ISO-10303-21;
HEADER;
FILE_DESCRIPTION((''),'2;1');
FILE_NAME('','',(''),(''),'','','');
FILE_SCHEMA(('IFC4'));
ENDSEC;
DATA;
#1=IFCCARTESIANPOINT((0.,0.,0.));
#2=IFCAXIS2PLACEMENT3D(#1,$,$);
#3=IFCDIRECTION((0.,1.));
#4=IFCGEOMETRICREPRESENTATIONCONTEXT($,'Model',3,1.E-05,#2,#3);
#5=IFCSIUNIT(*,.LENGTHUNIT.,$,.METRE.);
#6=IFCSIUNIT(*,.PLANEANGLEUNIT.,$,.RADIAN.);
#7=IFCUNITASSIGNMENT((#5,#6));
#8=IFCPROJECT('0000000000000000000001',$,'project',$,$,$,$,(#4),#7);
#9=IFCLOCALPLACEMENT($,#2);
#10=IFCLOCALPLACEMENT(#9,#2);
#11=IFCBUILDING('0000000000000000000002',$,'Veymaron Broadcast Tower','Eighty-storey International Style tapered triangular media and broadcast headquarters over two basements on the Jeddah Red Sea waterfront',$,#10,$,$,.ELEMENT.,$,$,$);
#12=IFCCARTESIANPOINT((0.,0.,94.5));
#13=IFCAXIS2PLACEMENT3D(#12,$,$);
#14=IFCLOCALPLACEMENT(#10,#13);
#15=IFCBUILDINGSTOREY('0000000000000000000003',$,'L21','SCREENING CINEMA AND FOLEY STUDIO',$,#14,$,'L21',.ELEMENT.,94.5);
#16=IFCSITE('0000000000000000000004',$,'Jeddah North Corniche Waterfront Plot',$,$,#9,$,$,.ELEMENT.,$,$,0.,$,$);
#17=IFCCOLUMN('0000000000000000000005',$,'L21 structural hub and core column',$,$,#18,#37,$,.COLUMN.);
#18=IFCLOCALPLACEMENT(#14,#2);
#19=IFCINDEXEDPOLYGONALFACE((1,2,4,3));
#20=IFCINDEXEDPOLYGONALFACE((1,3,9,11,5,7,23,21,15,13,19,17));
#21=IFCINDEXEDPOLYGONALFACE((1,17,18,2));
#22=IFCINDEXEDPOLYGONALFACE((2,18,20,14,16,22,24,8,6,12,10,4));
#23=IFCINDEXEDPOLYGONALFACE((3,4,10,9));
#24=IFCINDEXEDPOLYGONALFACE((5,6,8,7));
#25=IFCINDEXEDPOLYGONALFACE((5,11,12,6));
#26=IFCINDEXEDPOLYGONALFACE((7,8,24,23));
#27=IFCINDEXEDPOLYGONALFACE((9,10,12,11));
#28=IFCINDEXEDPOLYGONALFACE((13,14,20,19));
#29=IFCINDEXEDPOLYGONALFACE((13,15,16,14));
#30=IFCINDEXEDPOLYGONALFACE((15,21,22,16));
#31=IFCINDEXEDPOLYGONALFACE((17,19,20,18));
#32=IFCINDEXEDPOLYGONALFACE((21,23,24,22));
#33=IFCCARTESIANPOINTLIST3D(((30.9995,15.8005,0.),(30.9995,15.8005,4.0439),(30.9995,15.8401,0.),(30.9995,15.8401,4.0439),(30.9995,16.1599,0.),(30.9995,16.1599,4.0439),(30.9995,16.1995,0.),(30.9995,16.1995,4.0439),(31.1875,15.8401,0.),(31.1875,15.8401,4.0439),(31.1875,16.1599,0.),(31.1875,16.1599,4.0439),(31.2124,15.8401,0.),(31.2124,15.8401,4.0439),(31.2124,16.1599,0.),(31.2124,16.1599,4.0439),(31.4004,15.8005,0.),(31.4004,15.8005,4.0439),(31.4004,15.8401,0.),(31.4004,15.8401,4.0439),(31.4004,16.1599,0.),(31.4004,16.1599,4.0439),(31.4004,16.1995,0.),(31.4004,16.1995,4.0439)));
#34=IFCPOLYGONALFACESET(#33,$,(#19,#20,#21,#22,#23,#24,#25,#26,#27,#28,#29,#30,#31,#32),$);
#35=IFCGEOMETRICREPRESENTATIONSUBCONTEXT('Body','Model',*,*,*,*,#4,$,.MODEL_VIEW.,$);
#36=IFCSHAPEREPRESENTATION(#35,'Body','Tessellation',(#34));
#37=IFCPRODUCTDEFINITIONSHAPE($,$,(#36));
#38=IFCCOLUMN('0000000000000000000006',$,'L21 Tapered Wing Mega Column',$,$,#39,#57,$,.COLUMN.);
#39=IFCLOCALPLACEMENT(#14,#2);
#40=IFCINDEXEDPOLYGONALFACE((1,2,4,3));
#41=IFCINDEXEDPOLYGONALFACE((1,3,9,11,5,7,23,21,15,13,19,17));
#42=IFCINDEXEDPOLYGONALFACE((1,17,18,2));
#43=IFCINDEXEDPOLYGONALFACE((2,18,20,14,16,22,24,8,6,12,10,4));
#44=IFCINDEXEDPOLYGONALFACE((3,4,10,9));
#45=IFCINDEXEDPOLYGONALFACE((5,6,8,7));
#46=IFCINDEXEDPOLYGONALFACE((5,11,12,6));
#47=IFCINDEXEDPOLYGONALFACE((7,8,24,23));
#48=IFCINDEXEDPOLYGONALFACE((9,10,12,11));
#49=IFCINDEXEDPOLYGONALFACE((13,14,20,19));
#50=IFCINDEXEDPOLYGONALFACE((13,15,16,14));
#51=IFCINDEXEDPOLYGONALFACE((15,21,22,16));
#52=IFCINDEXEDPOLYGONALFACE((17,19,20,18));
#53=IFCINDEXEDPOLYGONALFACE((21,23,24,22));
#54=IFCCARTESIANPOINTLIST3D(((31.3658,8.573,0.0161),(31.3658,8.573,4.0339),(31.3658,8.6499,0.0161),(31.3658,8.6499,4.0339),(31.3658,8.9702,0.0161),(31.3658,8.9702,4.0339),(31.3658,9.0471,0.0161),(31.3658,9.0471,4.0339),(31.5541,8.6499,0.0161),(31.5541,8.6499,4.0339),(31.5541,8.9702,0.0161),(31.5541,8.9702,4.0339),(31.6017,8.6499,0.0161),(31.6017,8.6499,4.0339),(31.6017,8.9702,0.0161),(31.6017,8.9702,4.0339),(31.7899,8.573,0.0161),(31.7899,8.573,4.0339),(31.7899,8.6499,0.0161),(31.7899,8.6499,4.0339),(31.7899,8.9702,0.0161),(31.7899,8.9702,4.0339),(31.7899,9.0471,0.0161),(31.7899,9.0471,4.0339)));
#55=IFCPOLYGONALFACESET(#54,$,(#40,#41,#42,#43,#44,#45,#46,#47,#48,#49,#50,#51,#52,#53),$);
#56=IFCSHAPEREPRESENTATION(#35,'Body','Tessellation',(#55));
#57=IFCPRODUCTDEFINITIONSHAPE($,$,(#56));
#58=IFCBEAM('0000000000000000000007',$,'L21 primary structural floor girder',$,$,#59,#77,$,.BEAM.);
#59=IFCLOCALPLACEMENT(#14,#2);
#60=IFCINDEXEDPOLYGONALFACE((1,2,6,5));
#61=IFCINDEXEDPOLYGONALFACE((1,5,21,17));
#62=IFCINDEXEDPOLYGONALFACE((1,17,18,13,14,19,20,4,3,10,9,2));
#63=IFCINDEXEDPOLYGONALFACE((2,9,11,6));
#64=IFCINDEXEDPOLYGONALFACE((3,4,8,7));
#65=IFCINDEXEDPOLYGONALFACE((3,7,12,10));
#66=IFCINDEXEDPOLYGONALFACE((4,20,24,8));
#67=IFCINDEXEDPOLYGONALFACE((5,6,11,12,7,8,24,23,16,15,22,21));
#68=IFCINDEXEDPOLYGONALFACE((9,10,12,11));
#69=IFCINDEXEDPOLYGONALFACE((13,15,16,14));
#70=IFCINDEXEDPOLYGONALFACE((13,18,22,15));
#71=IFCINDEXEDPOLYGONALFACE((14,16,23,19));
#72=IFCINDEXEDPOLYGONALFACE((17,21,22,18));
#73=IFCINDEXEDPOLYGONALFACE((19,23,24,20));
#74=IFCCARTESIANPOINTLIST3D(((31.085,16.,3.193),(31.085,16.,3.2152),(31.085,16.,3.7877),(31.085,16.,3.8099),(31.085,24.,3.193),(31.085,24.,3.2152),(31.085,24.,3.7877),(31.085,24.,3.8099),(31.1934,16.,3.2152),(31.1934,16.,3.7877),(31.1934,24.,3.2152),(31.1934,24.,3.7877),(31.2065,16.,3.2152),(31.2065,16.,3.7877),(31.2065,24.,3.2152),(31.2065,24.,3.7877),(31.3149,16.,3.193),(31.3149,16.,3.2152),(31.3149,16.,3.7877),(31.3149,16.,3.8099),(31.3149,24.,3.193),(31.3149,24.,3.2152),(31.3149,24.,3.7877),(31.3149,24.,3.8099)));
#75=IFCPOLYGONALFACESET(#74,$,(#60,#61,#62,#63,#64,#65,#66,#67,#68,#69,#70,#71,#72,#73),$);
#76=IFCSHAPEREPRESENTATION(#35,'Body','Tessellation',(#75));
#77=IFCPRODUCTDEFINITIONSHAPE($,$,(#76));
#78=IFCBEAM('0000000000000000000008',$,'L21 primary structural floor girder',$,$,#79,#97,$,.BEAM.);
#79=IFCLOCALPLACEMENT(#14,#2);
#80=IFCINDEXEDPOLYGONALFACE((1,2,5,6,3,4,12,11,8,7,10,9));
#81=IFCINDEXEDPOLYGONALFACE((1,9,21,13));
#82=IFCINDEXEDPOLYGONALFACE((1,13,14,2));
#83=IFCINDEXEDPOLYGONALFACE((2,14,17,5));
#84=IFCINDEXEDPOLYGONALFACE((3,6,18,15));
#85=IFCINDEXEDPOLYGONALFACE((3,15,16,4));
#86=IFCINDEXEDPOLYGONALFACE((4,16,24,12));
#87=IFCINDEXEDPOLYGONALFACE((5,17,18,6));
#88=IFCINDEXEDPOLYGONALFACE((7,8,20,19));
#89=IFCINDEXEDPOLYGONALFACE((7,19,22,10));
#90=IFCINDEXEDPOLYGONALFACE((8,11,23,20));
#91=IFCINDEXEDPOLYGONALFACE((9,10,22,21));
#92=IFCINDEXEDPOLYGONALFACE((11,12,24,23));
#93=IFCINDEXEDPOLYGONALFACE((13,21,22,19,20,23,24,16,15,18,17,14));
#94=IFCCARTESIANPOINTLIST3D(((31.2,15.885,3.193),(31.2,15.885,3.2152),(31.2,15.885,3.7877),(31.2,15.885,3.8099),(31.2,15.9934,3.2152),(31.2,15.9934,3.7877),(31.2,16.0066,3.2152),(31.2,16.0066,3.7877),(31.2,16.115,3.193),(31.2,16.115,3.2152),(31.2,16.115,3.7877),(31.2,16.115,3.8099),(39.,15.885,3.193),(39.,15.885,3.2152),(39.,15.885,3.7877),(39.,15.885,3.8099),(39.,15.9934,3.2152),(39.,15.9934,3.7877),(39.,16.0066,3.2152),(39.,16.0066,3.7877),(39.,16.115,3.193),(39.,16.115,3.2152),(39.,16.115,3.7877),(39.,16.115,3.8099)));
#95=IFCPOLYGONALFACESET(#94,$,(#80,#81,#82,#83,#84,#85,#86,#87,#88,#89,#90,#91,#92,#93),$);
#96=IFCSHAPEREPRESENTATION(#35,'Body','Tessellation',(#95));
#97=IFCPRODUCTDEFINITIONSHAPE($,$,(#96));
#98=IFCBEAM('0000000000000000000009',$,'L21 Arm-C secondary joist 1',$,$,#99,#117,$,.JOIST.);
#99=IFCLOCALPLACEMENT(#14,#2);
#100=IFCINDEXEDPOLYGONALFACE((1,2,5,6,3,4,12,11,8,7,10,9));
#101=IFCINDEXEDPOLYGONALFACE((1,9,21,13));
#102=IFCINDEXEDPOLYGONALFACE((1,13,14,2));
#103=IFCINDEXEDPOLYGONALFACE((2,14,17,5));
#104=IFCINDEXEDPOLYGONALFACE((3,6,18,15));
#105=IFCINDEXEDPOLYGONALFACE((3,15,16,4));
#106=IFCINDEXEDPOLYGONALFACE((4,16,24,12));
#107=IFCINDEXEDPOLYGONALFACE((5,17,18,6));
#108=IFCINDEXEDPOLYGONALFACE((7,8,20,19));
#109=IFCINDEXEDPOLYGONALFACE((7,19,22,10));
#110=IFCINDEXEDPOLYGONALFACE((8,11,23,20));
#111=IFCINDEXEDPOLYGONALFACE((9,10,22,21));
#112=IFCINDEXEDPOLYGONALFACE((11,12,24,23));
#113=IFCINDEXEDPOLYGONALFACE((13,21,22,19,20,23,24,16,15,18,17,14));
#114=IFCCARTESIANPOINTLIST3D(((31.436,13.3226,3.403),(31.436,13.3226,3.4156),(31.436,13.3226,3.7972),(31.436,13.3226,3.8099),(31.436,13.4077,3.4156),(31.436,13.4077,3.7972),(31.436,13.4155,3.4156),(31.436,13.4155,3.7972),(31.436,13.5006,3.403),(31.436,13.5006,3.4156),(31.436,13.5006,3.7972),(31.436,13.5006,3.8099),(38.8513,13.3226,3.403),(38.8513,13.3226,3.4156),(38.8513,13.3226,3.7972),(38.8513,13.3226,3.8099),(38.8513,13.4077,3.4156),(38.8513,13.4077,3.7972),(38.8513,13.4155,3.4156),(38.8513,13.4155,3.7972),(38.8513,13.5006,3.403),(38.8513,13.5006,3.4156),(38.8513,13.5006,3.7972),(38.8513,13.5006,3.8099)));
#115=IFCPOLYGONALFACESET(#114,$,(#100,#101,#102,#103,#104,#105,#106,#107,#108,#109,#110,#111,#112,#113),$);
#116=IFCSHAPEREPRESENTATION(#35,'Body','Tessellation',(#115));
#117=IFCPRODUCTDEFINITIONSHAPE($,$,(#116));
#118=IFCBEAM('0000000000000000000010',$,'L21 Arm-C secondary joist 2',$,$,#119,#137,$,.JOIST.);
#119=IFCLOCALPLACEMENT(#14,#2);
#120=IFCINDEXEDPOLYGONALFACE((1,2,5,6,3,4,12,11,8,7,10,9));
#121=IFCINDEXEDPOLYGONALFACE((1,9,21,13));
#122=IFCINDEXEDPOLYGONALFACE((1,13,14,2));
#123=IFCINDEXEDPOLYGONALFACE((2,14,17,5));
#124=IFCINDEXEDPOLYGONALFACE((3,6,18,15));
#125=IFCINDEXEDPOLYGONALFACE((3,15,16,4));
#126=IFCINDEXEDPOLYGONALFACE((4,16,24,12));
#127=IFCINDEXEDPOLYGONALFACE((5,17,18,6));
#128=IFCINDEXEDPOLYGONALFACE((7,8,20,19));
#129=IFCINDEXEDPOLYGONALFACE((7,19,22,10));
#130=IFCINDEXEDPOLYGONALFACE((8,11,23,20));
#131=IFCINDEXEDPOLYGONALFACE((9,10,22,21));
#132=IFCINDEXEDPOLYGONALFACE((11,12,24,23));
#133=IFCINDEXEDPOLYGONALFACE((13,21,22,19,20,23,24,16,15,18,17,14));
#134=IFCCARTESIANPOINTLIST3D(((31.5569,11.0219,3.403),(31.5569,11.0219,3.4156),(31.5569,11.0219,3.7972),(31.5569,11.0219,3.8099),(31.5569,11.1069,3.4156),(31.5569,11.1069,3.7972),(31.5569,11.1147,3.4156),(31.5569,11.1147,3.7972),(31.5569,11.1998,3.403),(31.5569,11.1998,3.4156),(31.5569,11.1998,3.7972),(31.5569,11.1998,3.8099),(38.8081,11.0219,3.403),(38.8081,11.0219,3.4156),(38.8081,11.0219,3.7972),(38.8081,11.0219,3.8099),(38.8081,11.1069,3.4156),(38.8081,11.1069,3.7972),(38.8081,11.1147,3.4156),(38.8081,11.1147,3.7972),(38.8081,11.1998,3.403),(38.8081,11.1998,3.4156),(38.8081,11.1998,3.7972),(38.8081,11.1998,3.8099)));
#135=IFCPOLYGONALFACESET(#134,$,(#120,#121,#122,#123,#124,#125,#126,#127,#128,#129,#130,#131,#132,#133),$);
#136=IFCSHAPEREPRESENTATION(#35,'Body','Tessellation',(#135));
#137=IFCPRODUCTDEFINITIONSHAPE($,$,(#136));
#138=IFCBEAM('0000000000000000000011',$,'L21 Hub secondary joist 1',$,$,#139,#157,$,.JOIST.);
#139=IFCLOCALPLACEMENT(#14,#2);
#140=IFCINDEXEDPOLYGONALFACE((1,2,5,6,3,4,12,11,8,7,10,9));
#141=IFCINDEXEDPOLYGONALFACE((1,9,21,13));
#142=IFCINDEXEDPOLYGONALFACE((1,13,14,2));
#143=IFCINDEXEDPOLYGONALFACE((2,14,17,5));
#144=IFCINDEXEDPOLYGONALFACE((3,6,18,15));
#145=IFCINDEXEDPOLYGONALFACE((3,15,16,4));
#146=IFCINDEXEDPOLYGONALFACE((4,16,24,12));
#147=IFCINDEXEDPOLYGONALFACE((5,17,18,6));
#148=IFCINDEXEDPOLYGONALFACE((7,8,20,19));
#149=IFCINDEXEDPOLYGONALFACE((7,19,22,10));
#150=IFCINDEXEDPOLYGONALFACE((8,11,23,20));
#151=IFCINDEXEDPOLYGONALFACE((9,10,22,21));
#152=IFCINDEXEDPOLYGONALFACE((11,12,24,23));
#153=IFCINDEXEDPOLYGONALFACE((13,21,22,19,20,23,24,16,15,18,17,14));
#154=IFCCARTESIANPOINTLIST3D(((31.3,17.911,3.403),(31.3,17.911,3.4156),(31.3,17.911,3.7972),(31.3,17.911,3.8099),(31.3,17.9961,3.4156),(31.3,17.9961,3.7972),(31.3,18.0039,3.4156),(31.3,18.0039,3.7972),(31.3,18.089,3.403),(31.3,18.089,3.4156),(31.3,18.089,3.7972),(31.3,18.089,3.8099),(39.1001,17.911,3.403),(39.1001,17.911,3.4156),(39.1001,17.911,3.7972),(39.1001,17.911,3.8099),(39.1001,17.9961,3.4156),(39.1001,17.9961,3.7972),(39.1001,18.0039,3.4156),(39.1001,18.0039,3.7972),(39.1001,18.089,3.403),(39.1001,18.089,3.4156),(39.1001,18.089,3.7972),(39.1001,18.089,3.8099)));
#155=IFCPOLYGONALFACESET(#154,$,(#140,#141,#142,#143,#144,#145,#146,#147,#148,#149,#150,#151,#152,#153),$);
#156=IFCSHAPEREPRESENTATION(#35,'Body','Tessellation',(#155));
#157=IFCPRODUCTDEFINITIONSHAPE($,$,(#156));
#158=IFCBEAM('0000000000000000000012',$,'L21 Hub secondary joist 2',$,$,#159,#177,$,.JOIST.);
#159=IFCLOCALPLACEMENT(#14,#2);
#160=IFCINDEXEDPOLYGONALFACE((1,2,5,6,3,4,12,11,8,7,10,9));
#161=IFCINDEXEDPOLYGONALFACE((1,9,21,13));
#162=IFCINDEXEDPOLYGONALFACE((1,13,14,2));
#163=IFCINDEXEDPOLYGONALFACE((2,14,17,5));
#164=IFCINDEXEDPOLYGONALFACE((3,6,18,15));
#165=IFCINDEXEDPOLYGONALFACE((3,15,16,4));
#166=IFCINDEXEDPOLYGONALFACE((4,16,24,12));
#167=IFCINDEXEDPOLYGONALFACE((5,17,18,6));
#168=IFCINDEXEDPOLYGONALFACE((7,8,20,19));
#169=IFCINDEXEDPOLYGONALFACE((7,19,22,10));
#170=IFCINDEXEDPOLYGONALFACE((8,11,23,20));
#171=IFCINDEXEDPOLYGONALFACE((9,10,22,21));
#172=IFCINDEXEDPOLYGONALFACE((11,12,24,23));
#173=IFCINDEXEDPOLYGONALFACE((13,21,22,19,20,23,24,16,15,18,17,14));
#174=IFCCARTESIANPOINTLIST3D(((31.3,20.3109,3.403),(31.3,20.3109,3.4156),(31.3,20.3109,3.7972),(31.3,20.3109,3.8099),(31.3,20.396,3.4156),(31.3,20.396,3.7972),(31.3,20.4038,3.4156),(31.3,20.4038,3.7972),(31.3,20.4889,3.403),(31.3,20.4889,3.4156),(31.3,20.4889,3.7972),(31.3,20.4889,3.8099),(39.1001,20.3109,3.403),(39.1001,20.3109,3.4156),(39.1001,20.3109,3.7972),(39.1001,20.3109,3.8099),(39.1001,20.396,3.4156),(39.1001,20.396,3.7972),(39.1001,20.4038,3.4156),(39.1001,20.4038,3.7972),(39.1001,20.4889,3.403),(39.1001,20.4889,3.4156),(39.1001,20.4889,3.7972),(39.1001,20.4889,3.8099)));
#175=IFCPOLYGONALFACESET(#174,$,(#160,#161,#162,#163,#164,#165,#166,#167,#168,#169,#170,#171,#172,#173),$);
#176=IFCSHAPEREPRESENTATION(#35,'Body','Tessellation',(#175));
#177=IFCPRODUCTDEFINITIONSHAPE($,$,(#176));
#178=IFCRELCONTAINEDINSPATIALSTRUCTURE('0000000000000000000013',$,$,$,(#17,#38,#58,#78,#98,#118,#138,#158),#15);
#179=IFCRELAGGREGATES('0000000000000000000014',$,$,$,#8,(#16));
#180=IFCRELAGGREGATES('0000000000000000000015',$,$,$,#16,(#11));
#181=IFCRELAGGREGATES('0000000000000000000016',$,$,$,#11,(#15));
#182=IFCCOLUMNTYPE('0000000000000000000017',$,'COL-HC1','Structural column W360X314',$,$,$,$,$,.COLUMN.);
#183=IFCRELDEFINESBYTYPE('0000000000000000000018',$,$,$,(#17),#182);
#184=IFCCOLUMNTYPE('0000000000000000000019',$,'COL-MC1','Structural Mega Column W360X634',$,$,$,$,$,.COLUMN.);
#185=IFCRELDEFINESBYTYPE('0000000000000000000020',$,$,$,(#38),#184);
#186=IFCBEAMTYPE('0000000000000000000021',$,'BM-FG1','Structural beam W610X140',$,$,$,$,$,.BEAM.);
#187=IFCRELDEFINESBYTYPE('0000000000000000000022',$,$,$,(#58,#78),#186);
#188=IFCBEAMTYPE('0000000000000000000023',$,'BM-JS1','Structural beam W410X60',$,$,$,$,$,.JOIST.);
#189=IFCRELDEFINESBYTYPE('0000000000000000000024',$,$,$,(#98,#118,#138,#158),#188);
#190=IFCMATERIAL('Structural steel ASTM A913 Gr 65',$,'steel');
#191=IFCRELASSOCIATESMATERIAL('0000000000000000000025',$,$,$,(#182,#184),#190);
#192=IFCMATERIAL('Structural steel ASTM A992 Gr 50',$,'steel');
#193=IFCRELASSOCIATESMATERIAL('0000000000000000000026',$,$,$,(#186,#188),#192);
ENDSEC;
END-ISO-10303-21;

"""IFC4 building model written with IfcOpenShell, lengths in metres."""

from ifc_helpers import new_model, si_unit, direction, frame, origin, origin_2d, place, context, subcontext, project, spatial, i_section, extrude, material, material_profile, profile_set, type_object, element, save


model = new_model("IFC4")

# Units and contexts
model_context = context("Model", 3, precision=1e-05, world=origin(), true_north=direction((0.0, 1.0)))
body_context = subcontext(model_context, "Body", "Model", "MODEL_VIEW")
ifc_project = project(units=[si_unit("LENGTHUNIT", "METRE"), si_unit("PLANEANGLEUNIT", "RADIAN")], contexts=[model_context])

# Site, building, storey
site_placement = place(None, origin())
site = spatial("IfcSite", under=ifc_project, at=site_placement, Name="Jeddah North Corniche Waterfront Plot", CompositionType="ELEMENT", RefElevation=0.0)
building_placement = place(site_placement, origin())
building = spatial("IfcBuilding", under=site, at=building_placement, Name="Veymaron Broadcast Tower", Description="Eighty-storey International Style tapered triangular media and broadcast headquarters over two basements on the Jeddah Red Sea waterfront", CompositionType="ELEMENT")
storey_placement = place(building_placement, frame((0.0, 0.0, 94.5)))
storey = spatial("IfcBuildingStorey", under=building, at=storey_placement, Name="L21", Description="SCREENING CINEMA AND FOLEY STUDIO", LongName="L21", CompositionType="ELEMENT", Elevation=94.5)

# Columns
ifc_material_1 = material(Name="Structural steel ASTM A913 Gr 65", Category="steel")
ifc_material_profile_1 = material_profile(ifc_material_1, i_section(OverallWidth=0.4009, OverallDepth=0.3989, WebThickness=0.0249, FlangeThickness=0.0396, at=origin_2d()), Name="W360X314")
ifc_profile_set_1 = profile_set([ifc_material_profile_1], Name="Structural steel ASTM A913 Gr 65")
column_type_1 = type_object("IfcColumnType", Name="COL-HC1", Description="Structural column W360X314", PredefinedType="COLUMN", material=ifc_profile_set_1)
column_1_placement = place(storey_placement, frame((31.2, 16.0, 0.0), z_axis=(0.0, 0.0, 1.0), x_axis=(1.0, 0.0, 0.0)))
element("IfcColumn", 1, at=column_1_placement, inside=storey, type_object=column_type_1, Name="L21 structural hub and core column", PredefinedType="COLUMN", context=body_context, shape_type="SweptSolid", body=[
    extrude(i_section(OverallWidth=0.4009, OverallDepth=0.3989, WebThickness=0.0249, FlangeThickness=0.0396, at=origin_2d()), origin(), (0.0, 0.0, 1.0), 4.0439),
])
ifc_material_profile_2 = material_profile(ifc_material_1, i_section(OverallWidth=0.4241, OverallDepth=0.4741, WebThickness=0.0476, FlangeThickness=0.0769, at=origin_2d()), Name="W360X634")
ifc_profile_set_2 = profile_set([ifc_material_profile_2], Name="Structural steel ASTM A913 Gr 65")
column_type_2 = type_object("IfcColumnType", Name="COL-MC1", Description="Structural Mega Column W360X634", PredefinedType="COLUMN", material=ifc_profile_set_2)
column_2_placement = place(storey_placement, frame((31.5779, 8.8101, 0.0161), z_axis=(0.0, 0.0, 1.0), x_axis=(1.0, 0.0, 0.0)))
element("IfcColumn", 2, at=column_2_placement, inside=storey, type_object=column_type_2, Name="L21 Tapered Wing Mega Column", PredefinedType="COLUMN", context=body_context, shape_type="SweptSolid", body=[
    extrude(i_section(OverallWidth=0.4241, OverallDepth=0.4741, WebThickness=0.0476, FlangeThickness=0.0769, at=origin_2d()), origin(), (0.0, 0.0, 1.0), 4.0178),
])

# Beams
ifc_material_2 = material(Name="Structural steel ASTM A992 Gr 50", Category="steel")
ifc_material_profile_3 = material_profile(ifc_material_2, i_section(OverallWidth=0.23, OverallDepth=0.6169, WebThickness=0.0132, FlangeThickness=0.0222, at=origin_2d()), Name="W610X140")
ifc_profile_set_3 = profile_set([ifc_material_profile_3], Name="Structural steel ASTM A992 Gr 50")
beam_type_1 = type_object("IfcBeamType", Name="BM-FG1", Description="Structural beam W610X140", PredefinedType="BEAM", material=ifc_profile_set_3)
beam_1_placement = place(storey_placement, frame((31.2, 16.0, 3.5015), z_axis=(0.0, 1.0, 0.0), x_axis=(-1.0, 0.0, 0.0)))
element("IfcBeam", 3, at=beam_1_placement, inside=storey, type_object=beam_type_1, Name="L21 primary structural floor girder", PredefinedType="BEAM", context=body_context, shape_type="SweptSolid", body=[
    extrude(i_section(OverallWidth=0.23, OverallDepth=0.6169, WebThickness=0.0132, FlangeThickness=0.0222, at=origin_2d()), origin(), (0.0, 0.0, 1.0), 8.0),
])
beam_2_placement = place(storey_placement, frame((31.2, 16.0, 3.5015), z_axis=(1.0, 0.0, 0.0), x_axis=(0.0, 1.0, 0.0)))
element("IfcBeam", 4, at=beam_2_placement, inside=storey, type_object=beam_type_1, Name="L21 primary structural floor girder", PredefinedType="BEAM", context=body_context, shape_type="SweptSolid", body=[
    extrude(i_section(OverallWidth=0.23, OverallDepth=0.6169, WebThickness=0.0132, FlangeThickness=0.0222, at=origin_2d()), origin(), (0.0, 0.0, 1.0), 7.8),
])
ifc_material_profile_4 = material_profile(ifc_material_2, i_section(OverallWidth=0.178, OverallDepth=0.407, WebThickness=0.0078, FlangeThickness=0.0127, at=origin_2d()), Name="W410X60")
ifc_profile_set_4 = profile_set([ifc_material_profile_4], Name="Structural steel ASTM A992 Gr 50")
beam_type_2 = type_object("IfcBeamType", Name="BM-JS1", Description="Structural beam W410X60", PredefinedType="JOIST", material=ifc_profile_set_4)
beam_3_placement = place(storey_placement, frame((31.436, 13.4116, 3.6064), z_axis=(1.0, 0.0, 0.0), x_axis=(0.0, 1.0, 0.0)))
element("IfcBeam", 5, at=beam_3_placement, inside=storey, type_object=beam_type_2, Name="L21 Arm-C secondary joist 1", PredefinedType="JOIST", context=body_context, shape_type="SweptSolid", body=[
    extrude(i_section(OverallWidth=0.178, OverallDepth=0.407, WebThickness=0.0078, FlangeThickness=0.0127, at=origin_2d()), origin(), (0.0, 0.0, 1.0), 7.4153),
])
beam_4_placement = place(storey_placement, frame((31.5569, 11.1108, 3.6064), z_axis=(1.0, 0.0, 0.0), x_axis=(0.0, 1.0, 0.0)))
element("IfcBeam", 6, at=beam_4_placement, inside=storey, type_object=beam_type_2, Name="L21 Arm-C secondary joist 2", PredefinedType="JOIST", context=body_context, shape_type="SweptSolid", body=[
    extrude(i_section(OverallWidth=0.178, OverallDepth=0.407, WebThickness=0.0078, FlangeThickness=0.0127, at=origin_2d()), origin(), (0.0, 0.0, 1.0), 7.2512),
])
for number, where, z_axis, x_axis, name in (
    (7, (31.3, 18.0, 3.6064), (1.0, 0.0, 0.0), (0.0, 1.0, 0.0), "L21 Hub secondary joist 1"),
    (8, (31.3, 20.3999, 3.6064), (1.0, 0.0, 0.0), (0.0, 1.0, 0.0), "L21 Hub secondary joist 2"),
):
    element("IfcBeam", number, at=place(storey_placement, frame(where, z_axis=z_axis, x_axis=x_axis)), inside=storey, type_object=beam_type_2, Name=name, PredefinedType="JOIST", context=body_context, shape_type="SweptSolid", body=[
        extrude(i_section(OverallWidth=0.178, OverallDepth=0.407, WebThickness=0.0078, FlangeThickness=0.0127, at=origin_2d()), origin(), (0.0, 0.0, 1.0), 7.8),
    ])

save(model, "model.ifc")
